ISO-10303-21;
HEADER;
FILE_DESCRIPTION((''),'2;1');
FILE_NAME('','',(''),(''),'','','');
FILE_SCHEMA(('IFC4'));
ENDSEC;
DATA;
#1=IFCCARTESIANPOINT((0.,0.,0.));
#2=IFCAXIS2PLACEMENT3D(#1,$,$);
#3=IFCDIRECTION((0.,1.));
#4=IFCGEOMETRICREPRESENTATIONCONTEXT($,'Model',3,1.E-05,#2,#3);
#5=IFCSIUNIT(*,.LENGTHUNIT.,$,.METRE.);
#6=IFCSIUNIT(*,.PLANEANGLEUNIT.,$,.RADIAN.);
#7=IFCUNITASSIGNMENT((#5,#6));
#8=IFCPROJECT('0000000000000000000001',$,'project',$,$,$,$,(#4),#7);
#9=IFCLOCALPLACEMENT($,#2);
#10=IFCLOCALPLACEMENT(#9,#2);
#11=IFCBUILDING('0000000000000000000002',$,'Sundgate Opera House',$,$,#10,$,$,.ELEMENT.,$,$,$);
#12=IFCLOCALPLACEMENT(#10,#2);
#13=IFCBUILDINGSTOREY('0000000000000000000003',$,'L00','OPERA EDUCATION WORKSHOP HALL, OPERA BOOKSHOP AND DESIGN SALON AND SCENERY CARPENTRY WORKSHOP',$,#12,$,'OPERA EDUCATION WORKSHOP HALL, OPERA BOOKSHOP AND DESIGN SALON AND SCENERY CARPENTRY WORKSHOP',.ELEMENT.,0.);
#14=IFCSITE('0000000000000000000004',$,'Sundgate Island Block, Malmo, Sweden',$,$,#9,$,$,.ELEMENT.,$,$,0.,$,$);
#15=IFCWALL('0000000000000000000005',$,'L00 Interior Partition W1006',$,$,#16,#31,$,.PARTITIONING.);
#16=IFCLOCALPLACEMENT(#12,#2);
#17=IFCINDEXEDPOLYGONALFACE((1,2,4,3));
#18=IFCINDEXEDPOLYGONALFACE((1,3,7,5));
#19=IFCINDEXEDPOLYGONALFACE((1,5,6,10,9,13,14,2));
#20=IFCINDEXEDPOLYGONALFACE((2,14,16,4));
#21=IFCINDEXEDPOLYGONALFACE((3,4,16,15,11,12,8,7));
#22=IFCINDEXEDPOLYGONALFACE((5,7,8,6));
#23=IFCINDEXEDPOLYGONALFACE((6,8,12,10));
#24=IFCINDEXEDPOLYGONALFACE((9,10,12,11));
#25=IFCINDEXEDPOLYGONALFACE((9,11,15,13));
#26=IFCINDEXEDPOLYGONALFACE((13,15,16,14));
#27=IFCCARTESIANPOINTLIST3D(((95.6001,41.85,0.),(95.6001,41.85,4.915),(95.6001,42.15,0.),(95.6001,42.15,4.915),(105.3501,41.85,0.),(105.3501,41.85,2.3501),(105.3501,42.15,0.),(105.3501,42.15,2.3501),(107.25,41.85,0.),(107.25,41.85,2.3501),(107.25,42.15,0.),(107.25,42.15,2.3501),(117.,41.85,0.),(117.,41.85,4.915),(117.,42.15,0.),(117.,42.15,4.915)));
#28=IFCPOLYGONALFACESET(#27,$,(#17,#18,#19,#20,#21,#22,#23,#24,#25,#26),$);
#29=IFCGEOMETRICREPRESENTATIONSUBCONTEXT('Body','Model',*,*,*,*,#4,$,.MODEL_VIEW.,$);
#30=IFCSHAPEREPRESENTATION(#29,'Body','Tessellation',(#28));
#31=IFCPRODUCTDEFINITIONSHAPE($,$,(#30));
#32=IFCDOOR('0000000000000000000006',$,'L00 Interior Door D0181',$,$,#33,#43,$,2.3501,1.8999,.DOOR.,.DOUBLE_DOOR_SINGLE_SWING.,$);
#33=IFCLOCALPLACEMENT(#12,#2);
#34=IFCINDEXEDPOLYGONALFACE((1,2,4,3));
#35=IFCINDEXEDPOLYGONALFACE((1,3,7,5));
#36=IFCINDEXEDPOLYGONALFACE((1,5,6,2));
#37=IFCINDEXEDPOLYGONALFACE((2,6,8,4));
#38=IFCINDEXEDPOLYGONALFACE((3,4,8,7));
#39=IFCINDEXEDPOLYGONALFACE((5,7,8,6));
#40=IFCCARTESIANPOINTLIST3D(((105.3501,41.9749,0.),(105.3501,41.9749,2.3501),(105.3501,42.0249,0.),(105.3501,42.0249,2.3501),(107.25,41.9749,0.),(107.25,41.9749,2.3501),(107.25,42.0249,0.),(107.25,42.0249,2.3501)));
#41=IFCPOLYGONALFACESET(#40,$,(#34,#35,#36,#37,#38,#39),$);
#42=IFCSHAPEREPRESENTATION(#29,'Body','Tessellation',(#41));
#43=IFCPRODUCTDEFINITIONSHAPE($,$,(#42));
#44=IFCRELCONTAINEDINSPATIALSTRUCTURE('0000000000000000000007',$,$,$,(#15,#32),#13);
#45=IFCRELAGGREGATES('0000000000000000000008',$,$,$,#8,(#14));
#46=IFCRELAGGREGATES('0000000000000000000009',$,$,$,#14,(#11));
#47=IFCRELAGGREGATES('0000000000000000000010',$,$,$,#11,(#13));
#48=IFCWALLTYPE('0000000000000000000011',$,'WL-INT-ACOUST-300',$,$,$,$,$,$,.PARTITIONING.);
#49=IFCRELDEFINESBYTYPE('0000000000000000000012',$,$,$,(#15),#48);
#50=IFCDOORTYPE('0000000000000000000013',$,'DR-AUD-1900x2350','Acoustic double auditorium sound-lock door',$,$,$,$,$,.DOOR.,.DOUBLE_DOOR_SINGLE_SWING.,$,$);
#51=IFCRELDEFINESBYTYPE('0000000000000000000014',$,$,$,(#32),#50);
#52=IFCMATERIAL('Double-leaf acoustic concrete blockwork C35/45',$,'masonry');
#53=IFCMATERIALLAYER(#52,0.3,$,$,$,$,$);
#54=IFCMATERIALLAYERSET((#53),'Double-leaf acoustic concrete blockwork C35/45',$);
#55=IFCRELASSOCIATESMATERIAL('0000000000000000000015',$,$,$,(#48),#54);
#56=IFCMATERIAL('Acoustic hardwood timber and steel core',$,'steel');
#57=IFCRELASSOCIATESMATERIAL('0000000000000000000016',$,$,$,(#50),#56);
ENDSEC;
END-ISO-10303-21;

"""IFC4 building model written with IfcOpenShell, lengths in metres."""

from ifc_helpers import new_model, si_unit, direction, frame, frame_2d, origin, place, context, subcontext, project, spatial, rectangle, extrude, material, layer, layer_set, type_object, element, fill, save


model = new_model("IFC4")

# Units and contexts
model_context = context("Model", 3, precision=1e-05, world=origin(), true_north=direction((0.0, 1.0)))
body_context = subcontext(model_context, "Body", "Model", "MODEL_VIEW")
ifc_project = project(units=[si_unit("LENGTHUNIT", "METRE"), si_unit("PLANEANGLEUNIT", "RADIAN")], contexts=[model_context])

# Site, building, storey
site_placement = place(None, origin())
site = spatial("IfcSite", under=ifc_project, at=site_placement, Name="Sundgate Island Block, Malmo, Sweden", CompositionType="ELEMENT", RefElevation=0.0)
building_placement = place(site_placement, origin())
building = spatial("IfcBuilding", under=site, at=building_placement, Name="Sundgate Opera House", CompositionType="ELEMENT")
storey_placement = place(building_placement, origin())
storey = spatial("IfcBuildingStorey", under=building, at=storey_placement, Name="L00", Description="OPERA EDUCATION WORKSHOP HALL, OPERA BOOKSHOP AND DESIGN SALON AND SCENERY CARPENTRY WORKSHOP", LongName="OPERA EDUCATION WORKSHOP HALL, OPERA BOOKSHOP AND DESIGN SALON AND SCENERY CARPENTRY WORKSHOP", CompositionType="ELEMENT", Elevation=0.0)

# Wall, opening, door
ifc_material_1 = material(Name="Double-leaf acoustic concrete blockwork C35/45", Category="masonry")
ifc_layer_1 = layer(ifc_material_1, 0.3)
ifc_layer_set_1 = layer_set([ifc_layer_1], Name="Double-leaf acoustic concrete blockwork C35/45")
wall_type = type_object("IfcWallType", Name="WL-INT-ACOUST-300", PredefinedType="PARTITIONING", material=ifc_layer_set_1)
wall_placement = place(storey_placement, frame((95.6001, 42.0, 0.0), z_axis=(0.0, 0.0, 1.0), x_axis=(1.0, 0.0, 0.0)))
wall = element("IfcWall", 1, at=wall_placement, inside=storey, type_object=wall_type, Name="L00 Interior Partition W1006", PredefinedType="PARTITIONING", context=body_context, shape_type="SweptSolid", body=[
    extrude(rectangle(XDim=21.3999, YDim=0.3, at=frame_2d((10.7, 0.0))), origin(), (0.0, 0.0, 1.0), 4.915),
])
opening_placement = place(wall_placement, frame((9.75, 0.0, 0.0)))
opening = element("IfcOpeningElement", 2, at=opening_placement, cuts=wall, PredefinedType="OPENING", context=body_context, shape_type="SweptSolid", body=[
    extrude(rectangle(XDim=1.8999, YDim=2.3501, at=frame_2d((0.95, 1.175))), frame((0.0, 0.1599, 0.0), z_axis=(0.0, -1.0, 0.0), x_axis=(1.0, 0.0, 0.0)), (0.0, 0.0, 1.0), 0.3201),
])
ifc_material_2 = material(Name="Acoustic hardwood timber and steel core", Category="steel")
door_type = type_object("IfcDoorType", Name="DR-AUD-1900x2350", Description="Acoustic double auditorium sound-lock door", OperationType="DOUBLE_DOOR_SINGLE_SWING", PredefinedType="DOOR", material=ifc_material_2)
door_placement = place(opening_placement, origin())
door = element("IfcDoor", 3, at=door_placement, inside=storey, type_object=door_type, Name="L00 Interior Door D0181", OperationType="DOUBLE_DOOR_SINGLE_SWING", OverallHeight=2.3501, OverallWidth=1.8999, PredefinedType="DOOR", context=body_context, shape_type="SweptSolid", body=[
    extrude(rectangle(XDim=1.8999, YDim=2.3501, at=frame_2d((0.95, 1.175))), frame((0.0, 0.0249, 0.0), z_axis=(0.0, -1.0, 0.0), x_axis=(1.0, 0.0, 0.0)), (0.0, 0.0, 1.0), 0.05),
])
fill(opening, door)

save(model, "model.ifc")
